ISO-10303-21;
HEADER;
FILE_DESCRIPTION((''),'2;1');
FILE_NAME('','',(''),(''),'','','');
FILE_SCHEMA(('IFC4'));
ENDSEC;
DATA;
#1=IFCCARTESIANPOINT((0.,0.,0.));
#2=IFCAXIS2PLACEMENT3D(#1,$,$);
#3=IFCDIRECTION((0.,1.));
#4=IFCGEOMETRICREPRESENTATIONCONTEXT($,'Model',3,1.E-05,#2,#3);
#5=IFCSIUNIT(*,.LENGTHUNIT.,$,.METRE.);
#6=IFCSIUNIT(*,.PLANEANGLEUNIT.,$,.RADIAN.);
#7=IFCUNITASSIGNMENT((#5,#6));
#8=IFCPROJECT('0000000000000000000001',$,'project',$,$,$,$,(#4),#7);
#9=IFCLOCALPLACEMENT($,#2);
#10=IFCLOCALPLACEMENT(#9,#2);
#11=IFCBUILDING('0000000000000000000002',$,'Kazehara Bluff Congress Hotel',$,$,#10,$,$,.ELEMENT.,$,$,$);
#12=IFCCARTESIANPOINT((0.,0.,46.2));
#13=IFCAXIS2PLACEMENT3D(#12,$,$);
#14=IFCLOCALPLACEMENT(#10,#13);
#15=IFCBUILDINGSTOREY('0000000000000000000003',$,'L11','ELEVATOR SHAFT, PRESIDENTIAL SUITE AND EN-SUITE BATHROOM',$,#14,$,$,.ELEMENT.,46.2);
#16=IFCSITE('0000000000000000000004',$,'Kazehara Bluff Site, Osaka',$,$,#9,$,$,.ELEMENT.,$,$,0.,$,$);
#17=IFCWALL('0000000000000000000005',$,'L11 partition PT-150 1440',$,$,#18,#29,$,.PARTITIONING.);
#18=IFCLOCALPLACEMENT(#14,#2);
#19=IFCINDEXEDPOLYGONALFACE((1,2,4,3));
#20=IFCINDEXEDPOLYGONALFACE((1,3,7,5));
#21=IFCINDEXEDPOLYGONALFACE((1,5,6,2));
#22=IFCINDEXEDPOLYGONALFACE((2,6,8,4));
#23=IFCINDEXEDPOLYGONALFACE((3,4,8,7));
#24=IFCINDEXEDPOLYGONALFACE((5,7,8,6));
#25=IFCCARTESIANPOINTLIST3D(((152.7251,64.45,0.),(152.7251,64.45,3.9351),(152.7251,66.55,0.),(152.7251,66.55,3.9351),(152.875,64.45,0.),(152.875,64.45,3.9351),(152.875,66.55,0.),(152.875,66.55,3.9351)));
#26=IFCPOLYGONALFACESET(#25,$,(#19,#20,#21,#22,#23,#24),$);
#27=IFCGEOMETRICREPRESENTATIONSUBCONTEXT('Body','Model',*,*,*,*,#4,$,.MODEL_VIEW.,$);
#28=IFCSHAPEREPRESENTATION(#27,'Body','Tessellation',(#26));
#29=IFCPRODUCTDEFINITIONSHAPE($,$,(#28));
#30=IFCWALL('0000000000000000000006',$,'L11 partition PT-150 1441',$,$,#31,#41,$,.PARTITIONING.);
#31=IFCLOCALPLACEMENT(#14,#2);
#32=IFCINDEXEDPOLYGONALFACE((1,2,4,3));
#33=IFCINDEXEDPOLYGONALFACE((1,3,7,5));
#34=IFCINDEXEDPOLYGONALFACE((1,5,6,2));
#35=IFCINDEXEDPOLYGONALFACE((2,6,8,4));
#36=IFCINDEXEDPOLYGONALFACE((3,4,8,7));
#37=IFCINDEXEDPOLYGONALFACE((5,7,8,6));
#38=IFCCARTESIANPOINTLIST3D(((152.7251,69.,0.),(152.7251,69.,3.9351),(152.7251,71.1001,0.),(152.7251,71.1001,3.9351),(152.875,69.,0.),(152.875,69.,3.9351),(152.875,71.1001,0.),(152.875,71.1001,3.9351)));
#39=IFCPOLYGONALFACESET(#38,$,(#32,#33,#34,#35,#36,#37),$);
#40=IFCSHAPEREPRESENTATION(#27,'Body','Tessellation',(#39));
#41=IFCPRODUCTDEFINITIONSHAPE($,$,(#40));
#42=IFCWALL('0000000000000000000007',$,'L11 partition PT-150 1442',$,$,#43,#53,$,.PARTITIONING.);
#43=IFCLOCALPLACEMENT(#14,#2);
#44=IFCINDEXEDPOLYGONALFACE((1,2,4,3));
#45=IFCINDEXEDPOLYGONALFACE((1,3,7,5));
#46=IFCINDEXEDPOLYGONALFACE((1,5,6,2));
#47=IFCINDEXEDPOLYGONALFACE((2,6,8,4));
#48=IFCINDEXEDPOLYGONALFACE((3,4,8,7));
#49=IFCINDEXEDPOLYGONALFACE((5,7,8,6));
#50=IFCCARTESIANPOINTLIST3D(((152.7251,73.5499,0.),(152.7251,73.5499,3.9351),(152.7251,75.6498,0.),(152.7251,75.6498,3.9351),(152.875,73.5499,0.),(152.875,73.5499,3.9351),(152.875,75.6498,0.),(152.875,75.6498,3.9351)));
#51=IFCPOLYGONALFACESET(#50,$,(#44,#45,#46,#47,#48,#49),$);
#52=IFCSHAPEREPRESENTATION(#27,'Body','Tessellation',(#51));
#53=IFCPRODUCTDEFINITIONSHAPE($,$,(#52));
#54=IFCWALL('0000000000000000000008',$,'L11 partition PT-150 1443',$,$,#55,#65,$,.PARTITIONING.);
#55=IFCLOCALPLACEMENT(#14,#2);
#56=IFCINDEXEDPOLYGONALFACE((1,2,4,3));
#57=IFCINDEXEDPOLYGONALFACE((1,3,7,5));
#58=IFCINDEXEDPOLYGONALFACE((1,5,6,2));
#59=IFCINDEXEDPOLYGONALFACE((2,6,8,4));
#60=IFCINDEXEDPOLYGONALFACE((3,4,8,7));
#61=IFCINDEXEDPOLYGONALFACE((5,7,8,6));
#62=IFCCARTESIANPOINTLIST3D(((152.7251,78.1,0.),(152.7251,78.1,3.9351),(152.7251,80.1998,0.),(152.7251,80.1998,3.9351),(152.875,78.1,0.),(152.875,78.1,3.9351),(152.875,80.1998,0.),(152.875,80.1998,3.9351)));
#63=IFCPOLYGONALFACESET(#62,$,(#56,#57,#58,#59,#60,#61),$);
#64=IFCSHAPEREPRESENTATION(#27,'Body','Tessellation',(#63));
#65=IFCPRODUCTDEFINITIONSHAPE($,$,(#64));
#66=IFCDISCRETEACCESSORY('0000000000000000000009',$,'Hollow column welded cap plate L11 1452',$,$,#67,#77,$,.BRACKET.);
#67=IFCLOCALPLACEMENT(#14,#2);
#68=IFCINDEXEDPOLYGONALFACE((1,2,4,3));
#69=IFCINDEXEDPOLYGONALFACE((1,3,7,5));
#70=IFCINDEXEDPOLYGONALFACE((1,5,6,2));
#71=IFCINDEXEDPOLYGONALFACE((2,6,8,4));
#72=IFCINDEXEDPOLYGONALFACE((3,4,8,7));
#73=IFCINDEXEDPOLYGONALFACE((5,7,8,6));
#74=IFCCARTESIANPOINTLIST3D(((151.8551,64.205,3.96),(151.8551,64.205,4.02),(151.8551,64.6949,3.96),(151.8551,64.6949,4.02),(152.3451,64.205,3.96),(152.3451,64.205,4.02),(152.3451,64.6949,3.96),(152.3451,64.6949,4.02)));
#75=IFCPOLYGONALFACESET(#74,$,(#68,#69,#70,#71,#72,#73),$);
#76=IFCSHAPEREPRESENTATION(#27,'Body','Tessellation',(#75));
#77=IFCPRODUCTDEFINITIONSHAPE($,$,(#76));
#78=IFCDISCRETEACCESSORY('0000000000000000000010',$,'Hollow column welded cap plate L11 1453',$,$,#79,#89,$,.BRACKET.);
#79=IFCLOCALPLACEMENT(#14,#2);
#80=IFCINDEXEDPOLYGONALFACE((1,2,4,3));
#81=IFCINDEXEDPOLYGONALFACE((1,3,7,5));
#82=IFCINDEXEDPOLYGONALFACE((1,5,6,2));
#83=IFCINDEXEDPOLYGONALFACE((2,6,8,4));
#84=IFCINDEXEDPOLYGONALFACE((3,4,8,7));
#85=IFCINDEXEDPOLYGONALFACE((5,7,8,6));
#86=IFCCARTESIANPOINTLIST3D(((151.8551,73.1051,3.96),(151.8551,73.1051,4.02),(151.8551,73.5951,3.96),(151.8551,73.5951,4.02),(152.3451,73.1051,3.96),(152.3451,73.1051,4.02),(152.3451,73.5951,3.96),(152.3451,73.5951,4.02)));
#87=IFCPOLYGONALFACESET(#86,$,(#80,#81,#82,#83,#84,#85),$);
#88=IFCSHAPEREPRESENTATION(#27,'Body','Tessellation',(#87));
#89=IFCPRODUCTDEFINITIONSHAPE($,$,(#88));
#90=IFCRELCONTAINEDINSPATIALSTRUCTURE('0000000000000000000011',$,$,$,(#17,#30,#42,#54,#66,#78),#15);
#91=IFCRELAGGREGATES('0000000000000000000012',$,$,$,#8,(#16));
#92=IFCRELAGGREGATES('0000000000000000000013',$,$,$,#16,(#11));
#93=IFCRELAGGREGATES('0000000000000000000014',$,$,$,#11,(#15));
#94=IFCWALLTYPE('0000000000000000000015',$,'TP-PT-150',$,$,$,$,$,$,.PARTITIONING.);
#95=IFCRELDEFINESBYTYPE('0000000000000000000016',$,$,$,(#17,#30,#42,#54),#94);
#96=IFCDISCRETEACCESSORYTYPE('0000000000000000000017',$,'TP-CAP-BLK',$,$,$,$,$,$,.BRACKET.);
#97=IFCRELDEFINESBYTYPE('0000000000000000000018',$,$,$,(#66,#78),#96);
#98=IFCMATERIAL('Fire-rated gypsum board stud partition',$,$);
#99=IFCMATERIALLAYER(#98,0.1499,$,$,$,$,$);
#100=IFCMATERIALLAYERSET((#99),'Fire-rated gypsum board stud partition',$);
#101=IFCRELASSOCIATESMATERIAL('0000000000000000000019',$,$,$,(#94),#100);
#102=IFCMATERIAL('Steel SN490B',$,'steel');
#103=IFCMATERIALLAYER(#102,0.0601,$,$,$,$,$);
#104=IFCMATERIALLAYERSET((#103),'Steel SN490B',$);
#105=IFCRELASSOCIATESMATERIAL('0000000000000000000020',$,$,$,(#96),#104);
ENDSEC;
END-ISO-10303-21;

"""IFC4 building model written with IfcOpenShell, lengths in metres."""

from ifc_helpers import new_model, si_unit, direction, frame, frame_2d, origin, origin_2d, place, context, subcontext, project, spatial, rectangle, extrude, material, layer, layer_set, type_object, element, save


model = new_model("IFC4")

# Units and contexts
model_context = context("Model", 3, precision=1e-05, world=origin(), true_north=direction((0.0, 1.0)))
body_context = subcontext(model_context, "Body", "Model", "MODEL_VIEW")
ifc_project = project(units=[si_unit("LENGTHUNIT", "METRE"), si_unit("PLANEANGLEUNIT", "RADIAN")], contexts=[model_context])

# Site, building, storey
site_placement = place(None, origin())
site = spatial("IfcSite", under=ifc_project, at=site_placement, Name="Kazehara Bluff Site, Osaka", CompositionType="ELEMENT", RefElevation=0.0)
building_placement = place(site_placement, origin())
building = spatial("IfcBuilding", under=site, at=building_placement, Name="Kazehara Bluff Congress Hotel", CompositionType="ELEMENT")
storey_placement = place(building_placement, frame((0.0, 0.0, 46.2)))
storey = spatial("IfcBuildingStorey", under=building, at=storey_placement, Name="L11", Description="ELEVATOR SHAFT, PRESIDENTIAL SUITE AND EN-SUITE BATHROOM", CompositionType="ELEMENT", Elevation=46.2)

# Shared definitions
ifc_material_1 = material(Name="Fire-rated gypsum board stud partition")
ifc_layer_1 = layer(ifc_material_1, 0.1499)
ifc_layer_set_1 = layer_set([ifc_layer_1], Name="Fire-rated gypsum board stud partition")
wall_type_1 = type_object("IfcWallType", Name="TP-PT-150", PredefinedType="PARTITIONING", material=ifc_layer_set_1)

# Walls
for number, where, z_axis, x_axis, name in (
    (1, (152.8, 64.45, 0.0), (0.0, 0.0, 1.0), (0.0, 1.0, 0.0), "L11 partition PT-150 1440"),
    (2, (152.8, 69.0, 0.0), (0.0, 0.0, 1.0), (0.0, 1.0, 0.0), "L11 partition PT-150 1441"),
):
    element("IfcWall", number, at=place(storey_placement, frame(where, z_axis=z_axis, x_axis=x_axis)), inside=storey, type_object=wall_type_1, Name=name, PredefinedType="PARTITIONING", context=body_context, shape_type="SweptSolid", body=[
        extrude(rectangle(XDim=2.1001, YDim=0.1499, at=frame_2d((1.05, 0.0))), origin(), (0.0, 0.0, 1.0), 3.9351),
    ])
for number, where, z_axis, x_axis, name in (
    (3, (152.8, 73.55, 0.0), (0.0, 0.0, 1.0), (0.0, 1.0, 0.0), "L11 partition PT-150 1442"),
    (4, (152.8, 78.1001, 0.0), (0.0, 0.0, 1.0), (0.0, 1.0, 0.0), "L11 partition PT-150 1443"),
):
    element("IfcWall", number, at=place(storey_placement, frame(where, z_axis=z_axis, x_axis=x_axis)), inside=storey, type_object=wall_type_1, Name=name, PredefinedType="PARTITIONING", context=body_context, shape_type="SweptSolid", body=[
        extrude(rectangle(XDim=2.0999, YDim=0.1499, at=frame_2d((1.0498, 0.0))), origin(), (0.0, 0.0, 1.0), 3.9351),
    ])

# Discrete accessories
ifc_material_2 = material(Name="Steel SN490B", Category="steel")
ifc_layer_2 = layer(ifc_material_2, 0.0601)
ifc_layer_set_2 = layer_set([ifc_layer_2], Name="Steel SN490B")
discrete_accessory_type = type_object("IfcDiscreteAccessoryType", Name="TP-CAP-BLK", PredefinedType="BRACKET", material=ifc_layer_set_2)
for number, where, z_axis, x_axis, name in (
    (5, (152.1001, 64.45, 3.96), (0.0, 0.0, 1.0), (1.0, 0.0, 0.0), "Hollow column welded cap plate L11 1452"),
    (6, (152.1001, 73.3501, 3.96), (0.0, 0.0, 1.0), (1.0, 0.0, 0.0), "Hollow column welded cap plate L11 1453"),
):
    element("IfcDiscreteAccessory", number, at=place(storey_placement, frame(where, z_axis=z_axis, x_axis=x_axis)), inside=storey, type_object=discrete_accessory_type, Name=name, PredefinedType="BRACKET", context=body_context, shape_type="SweptSolid", body=[
        extrude(rectangle(XDim=0.49, YDim=0.49, at=origin_2d()), origin(), (0.0, 0.0, 1.0), 0.0601),
    ])

save(model, "model.ifc")
